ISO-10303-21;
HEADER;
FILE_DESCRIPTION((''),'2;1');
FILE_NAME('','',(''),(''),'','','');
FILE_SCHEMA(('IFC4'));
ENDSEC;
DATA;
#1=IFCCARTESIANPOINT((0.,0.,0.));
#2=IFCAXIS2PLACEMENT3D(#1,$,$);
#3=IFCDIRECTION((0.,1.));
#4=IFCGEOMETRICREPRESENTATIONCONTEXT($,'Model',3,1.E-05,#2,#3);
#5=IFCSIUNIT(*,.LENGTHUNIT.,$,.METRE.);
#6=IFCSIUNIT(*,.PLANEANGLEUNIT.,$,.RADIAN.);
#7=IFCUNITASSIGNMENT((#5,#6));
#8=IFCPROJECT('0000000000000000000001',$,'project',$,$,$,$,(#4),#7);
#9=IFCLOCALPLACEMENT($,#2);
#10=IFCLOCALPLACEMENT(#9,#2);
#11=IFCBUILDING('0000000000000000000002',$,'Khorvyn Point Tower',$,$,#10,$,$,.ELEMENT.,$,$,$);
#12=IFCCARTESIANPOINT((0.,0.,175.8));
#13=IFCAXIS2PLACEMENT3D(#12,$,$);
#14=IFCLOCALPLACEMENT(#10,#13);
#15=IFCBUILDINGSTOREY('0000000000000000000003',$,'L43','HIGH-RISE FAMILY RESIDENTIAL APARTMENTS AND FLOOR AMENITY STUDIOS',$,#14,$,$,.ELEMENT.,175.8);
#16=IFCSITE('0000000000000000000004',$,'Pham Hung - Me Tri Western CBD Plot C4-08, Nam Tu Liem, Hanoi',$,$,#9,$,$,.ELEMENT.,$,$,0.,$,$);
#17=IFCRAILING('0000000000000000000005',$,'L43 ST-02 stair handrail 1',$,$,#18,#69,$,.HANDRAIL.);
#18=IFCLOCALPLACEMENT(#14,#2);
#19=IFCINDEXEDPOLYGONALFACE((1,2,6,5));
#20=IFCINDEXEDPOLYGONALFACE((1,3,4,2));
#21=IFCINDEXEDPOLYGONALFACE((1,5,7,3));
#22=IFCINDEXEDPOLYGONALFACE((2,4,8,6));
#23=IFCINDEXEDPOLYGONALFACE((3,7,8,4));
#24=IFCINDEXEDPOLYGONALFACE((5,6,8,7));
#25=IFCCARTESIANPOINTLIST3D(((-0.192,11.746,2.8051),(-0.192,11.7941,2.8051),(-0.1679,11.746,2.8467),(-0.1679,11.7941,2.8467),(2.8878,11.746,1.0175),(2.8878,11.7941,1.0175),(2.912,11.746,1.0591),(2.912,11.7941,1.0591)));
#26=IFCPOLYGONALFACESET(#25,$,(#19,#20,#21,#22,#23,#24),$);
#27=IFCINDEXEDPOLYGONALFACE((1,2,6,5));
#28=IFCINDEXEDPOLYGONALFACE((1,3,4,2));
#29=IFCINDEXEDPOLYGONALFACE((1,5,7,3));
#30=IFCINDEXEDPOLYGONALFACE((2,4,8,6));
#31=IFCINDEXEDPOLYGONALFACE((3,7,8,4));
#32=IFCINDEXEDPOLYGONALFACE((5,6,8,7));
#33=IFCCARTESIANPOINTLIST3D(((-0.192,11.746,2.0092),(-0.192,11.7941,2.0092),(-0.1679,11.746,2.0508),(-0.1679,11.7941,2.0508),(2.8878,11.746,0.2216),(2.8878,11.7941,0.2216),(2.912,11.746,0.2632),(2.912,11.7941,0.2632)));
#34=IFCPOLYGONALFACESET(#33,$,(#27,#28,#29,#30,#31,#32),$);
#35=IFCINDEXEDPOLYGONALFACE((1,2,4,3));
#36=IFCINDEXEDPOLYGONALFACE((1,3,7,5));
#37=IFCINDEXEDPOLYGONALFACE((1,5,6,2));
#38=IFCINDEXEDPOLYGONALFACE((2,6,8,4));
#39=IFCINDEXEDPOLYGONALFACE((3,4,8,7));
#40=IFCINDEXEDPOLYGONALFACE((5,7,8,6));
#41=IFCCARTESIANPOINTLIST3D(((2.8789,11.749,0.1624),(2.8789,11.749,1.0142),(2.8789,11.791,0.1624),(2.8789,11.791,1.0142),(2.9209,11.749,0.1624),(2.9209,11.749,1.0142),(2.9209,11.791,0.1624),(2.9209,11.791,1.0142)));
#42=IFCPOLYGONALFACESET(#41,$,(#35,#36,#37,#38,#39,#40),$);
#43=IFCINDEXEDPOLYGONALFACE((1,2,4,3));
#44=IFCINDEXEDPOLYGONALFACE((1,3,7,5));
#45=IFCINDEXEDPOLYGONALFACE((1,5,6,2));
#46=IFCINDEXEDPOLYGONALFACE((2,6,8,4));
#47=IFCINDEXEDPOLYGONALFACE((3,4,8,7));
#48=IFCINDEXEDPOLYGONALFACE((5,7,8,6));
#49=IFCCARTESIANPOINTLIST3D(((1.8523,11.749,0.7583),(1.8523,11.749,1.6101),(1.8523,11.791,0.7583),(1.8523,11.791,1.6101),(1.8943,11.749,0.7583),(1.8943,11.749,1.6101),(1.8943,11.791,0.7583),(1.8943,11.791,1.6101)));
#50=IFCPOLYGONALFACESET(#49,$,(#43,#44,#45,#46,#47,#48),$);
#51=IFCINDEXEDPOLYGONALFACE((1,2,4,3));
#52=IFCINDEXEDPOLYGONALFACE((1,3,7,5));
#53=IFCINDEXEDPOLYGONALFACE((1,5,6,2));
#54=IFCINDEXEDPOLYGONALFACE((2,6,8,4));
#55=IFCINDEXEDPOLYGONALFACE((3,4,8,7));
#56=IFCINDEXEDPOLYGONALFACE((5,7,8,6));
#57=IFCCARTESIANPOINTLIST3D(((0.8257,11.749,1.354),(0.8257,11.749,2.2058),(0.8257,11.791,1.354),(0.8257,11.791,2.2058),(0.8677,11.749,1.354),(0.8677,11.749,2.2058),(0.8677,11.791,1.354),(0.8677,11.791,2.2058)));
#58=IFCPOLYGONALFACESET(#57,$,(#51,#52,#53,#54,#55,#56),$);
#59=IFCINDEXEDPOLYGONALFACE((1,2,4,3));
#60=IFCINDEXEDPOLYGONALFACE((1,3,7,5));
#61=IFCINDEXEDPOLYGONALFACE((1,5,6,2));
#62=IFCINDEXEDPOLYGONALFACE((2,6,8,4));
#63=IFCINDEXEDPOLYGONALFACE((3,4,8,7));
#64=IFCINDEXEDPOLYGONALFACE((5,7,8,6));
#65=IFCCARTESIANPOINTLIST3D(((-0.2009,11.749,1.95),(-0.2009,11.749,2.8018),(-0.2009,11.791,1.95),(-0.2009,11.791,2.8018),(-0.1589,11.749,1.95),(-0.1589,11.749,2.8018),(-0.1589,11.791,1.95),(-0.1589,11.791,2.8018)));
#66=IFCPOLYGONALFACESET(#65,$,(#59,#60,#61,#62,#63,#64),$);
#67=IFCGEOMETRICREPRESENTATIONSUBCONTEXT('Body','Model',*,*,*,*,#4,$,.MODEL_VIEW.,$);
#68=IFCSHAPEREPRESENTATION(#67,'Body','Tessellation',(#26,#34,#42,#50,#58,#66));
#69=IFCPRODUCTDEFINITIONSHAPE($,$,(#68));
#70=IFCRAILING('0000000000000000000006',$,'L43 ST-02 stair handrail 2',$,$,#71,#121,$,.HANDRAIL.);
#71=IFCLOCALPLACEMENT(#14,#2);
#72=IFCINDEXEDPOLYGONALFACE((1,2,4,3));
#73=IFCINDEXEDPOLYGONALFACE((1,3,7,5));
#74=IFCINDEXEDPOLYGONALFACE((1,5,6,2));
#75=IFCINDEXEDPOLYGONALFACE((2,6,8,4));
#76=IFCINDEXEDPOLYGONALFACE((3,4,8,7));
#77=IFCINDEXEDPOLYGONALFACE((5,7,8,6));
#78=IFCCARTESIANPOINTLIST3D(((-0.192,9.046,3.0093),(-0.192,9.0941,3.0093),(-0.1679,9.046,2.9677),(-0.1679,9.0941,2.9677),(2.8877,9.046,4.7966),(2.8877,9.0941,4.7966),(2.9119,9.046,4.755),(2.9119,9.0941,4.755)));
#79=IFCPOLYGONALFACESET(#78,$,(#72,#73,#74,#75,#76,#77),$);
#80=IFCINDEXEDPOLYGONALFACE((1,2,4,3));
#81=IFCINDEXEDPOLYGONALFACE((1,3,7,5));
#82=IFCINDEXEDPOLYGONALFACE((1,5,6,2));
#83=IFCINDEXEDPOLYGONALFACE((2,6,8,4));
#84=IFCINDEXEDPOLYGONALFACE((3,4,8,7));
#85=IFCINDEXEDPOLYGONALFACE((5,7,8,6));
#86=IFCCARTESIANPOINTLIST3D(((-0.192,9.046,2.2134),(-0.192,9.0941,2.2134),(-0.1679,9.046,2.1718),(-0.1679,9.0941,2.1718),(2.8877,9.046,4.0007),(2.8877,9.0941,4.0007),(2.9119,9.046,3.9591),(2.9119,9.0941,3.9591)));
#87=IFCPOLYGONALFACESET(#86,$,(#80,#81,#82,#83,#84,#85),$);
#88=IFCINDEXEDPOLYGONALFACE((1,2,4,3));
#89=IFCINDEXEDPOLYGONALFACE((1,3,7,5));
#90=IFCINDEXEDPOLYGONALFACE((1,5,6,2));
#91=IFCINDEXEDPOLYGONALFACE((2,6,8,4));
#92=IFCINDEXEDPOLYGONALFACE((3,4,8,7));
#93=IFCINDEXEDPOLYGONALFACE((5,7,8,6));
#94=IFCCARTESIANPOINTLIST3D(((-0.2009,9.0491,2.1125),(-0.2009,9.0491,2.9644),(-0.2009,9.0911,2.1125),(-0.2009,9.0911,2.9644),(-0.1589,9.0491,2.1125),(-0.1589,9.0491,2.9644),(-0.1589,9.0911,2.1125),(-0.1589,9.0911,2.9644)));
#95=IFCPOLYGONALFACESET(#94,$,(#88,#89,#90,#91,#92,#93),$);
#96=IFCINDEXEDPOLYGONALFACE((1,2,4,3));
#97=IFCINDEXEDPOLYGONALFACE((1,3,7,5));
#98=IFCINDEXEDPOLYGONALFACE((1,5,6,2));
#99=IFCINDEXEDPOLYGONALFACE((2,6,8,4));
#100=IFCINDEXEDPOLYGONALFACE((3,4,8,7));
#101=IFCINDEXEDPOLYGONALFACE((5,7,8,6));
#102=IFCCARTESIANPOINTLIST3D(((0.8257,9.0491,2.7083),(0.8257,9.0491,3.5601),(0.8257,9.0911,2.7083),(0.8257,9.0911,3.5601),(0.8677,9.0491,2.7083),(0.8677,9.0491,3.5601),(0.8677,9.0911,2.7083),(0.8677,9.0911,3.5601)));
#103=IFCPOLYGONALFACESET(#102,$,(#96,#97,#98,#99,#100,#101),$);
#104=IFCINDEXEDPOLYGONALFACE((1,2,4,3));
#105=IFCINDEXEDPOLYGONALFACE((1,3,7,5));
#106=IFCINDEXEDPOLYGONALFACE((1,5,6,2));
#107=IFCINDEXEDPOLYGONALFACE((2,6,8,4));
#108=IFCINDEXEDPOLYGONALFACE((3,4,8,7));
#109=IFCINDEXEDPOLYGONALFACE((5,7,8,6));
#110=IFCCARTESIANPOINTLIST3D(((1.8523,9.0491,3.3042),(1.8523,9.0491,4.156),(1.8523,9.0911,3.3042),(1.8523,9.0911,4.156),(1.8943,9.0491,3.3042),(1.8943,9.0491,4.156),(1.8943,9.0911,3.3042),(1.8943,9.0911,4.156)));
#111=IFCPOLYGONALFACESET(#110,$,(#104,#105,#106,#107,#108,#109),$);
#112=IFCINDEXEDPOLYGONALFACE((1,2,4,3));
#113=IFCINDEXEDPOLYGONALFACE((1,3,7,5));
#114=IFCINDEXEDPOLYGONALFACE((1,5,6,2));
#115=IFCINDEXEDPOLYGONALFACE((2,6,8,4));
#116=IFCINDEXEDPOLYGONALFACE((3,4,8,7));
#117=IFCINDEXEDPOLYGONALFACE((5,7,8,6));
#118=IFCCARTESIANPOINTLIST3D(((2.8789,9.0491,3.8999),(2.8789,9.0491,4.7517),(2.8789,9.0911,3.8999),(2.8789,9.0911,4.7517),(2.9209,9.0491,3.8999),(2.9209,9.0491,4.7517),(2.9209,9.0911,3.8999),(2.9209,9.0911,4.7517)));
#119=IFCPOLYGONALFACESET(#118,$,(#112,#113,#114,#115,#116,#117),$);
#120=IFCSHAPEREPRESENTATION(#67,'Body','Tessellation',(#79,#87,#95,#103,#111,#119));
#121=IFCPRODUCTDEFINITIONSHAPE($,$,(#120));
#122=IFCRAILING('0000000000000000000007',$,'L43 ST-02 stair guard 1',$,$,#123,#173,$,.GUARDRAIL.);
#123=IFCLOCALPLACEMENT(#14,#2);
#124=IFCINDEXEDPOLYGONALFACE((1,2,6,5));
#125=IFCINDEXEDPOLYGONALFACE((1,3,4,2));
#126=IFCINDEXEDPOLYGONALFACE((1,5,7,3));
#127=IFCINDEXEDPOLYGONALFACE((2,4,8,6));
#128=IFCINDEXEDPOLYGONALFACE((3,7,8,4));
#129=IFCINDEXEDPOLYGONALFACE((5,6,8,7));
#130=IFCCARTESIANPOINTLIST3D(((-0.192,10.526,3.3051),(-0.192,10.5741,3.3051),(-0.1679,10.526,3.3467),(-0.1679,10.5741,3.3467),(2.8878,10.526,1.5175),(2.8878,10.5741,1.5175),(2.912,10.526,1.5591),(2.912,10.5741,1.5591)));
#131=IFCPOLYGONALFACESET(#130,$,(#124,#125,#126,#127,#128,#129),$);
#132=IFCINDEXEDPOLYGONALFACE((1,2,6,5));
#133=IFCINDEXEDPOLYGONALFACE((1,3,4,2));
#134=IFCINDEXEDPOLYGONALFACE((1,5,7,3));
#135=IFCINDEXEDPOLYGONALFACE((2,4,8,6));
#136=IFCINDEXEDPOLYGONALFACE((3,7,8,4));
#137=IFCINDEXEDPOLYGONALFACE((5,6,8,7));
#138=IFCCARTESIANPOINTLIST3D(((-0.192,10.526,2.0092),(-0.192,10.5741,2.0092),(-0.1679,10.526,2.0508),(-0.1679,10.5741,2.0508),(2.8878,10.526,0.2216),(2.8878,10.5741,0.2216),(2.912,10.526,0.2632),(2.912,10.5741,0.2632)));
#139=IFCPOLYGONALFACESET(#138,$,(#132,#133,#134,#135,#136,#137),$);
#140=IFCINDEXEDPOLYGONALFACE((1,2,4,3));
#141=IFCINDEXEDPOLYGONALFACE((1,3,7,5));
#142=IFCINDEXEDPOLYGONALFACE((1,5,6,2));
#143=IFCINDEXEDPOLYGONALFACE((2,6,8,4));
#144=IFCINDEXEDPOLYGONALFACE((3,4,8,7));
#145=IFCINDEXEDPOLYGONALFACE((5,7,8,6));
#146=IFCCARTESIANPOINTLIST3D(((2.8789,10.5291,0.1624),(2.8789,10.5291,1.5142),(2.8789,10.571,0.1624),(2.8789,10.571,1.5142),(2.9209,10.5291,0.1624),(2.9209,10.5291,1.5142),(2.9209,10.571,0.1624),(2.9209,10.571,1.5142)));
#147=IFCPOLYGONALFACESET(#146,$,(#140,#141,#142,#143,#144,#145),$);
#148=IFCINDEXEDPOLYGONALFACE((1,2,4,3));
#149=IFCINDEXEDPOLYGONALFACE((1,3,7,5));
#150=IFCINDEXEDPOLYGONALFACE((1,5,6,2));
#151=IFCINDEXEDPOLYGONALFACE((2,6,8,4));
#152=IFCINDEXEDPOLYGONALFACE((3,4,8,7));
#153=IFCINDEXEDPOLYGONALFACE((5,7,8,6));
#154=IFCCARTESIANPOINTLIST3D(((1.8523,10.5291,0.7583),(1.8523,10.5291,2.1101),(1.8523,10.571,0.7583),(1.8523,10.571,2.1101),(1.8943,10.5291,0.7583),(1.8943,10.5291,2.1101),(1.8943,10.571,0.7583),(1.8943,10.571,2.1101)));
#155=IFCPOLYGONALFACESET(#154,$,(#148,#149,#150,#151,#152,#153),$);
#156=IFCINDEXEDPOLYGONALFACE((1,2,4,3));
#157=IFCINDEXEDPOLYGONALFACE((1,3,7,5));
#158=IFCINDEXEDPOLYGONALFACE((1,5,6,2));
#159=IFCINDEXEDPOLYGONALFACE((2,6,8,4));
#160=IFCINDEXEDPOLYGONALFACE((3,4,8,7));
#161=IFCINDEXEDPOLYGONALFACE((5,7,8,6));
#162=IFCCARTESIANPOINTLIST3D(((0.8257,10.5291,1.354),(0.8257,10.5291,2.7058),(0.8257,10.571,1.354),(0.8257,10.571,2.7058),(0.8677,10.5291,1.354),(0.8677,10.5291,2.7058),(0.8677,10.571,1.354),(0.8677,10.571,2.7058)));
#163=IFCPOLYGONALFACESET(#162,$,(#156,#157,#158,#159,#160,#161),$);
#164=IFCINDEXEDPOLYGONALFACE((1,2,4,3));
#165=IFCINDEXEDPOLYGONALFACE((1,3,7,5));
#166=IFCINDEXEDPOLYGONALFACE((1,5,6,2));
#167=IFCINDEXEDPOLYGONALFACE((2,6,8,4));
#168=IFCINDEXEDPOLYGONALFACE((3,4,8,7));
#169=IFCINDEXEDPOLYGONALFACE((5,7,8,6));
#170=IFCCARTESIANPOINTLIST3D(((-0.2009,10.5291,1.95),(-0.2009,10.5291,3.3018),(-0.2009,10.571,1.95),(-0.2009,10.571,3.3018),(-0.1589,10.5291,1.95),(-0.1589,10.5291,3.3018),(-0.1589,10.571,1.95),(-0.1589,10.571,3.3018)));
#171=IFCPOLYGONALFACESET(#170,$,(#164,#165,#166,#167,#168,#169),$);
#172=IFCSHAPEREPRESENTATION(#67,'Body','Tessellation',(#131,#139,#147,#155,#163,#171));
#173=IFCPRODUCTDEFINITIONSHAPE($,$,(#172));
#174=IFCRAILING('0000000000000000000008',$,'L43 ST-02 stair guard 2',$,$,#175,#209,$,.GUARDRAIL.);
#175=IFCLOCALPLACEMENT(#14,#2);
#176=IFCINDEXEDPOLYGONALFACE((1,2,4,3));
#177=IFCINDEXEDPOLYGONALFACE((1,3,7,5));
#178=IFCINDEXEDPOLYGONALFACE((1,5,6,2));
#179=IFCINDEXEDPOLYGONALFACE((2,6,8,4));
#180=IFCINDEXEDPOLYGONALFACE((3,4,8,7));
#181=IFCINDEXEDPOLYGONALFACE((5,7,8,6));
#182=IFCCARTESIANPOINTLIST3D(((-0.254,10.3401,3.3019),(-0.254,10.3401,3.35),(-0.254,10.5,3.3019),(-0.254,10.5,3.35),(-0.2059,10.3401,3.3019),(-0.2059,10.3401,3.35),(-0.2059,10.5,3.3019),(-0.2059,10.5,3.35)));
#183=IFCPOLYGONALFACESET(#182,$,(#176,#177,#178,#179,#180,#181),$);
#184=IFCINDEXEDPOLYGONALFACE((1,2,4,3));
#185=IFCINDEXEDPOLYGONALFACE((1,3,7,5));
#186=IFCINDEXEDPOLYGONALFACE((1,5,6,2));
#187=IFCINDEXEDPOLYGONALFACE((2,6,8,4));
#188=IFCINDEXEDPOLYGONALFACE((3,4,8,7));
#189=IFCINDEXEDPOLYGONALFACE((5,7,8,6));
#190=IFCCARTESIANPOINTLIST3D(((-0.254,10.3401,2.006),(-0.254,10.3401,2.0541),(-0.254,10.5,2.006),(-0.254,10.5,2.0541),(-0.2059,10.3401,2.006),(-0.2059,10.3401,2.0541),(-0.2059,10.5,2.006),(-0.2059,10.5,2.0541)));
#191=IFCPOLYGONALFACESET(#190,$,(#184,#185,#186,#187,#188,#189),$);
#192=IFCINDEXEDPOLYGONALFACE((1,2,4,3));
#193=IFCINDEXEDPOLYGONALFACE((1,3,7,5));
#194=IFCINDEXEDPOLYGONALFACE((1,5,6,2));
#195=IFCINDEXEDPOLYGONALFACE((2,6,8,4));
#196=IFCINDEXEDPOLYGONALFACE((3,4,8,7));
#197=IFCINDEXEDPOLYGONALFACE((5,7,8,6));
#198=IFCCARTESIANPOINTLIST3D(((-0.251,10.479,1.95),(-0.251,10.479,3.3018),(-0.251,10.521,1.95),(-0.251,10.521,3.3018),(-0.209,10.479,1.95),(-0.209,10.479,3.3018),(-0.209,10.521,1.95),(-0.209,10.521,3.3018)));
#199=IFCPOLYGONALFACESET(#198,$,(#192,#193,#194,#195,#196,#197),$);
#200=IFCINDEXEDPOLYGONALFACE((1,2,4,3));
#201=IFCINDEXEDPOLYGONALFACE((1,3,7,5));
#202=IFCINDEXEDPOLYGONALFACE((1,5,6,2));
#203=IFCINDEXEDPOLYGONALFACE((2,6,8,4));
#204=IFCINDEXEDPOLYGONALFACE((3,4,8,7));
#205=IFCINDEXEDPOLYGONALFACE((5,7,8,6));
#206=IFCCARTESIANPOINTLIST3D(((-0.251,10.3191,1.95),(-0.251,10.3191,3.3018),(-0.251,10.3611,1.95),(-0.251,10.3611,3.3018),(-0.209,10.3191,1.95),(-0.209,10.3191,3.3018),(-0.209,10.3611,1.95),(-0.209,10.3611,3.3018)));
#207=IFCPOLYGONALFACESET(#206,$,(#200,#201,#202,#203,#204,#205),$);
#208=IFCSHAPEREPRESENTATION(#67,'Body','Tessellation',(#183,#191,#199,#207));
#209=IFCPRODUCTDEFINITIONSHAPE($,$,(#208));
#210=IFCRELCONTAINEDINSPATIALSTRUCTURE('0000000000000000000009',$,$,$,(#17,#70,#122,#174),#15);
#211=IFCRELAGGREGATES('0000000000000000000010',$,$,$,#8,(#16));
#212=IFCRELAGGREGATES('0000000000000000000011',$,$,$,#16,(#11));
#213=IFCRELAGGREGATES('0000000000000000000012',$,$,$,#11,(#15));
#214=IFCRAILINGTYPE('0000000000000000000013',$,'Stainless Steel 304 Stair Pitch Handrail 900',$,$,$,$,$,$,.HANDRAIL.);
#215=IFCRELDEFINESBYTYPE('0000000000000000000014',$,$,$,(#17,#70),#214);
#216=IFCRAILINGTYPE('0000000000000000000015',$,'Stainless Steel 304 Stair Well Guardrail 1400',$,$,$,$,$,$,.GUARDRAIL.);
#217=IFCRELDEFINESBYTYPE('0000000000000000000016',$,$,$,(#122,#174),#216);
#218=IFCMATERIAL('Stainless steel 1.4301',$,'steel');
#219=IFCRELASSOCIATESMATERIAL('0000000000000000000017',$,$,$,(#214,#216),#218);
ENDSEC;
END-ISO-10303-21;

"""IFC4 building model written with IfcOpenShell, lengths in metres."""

from ifc_helpers import new_model, si_unit, direction, frame, origin, origin_2d, place, context, subcontext, project, spatial, rectangle, extrude, material, type_object, element, save


model = new_model("IFC4")

# Units and contexts
model_context = context("Model", 3, precision=1e-05, world=origin(), true_north=direction((0.0, 1.0)))
body_context = subcontext(model_context, "Body", "Model", "MODEL_VIEW")
ifc_project = project(units=[si_unit("LENGTHUNIT", "METRE"), si_unit("PLANEANGLEUNIT", "RADIAN")], contexts=[model_context])

# Site, building, storey
site_placement = place(None, origin())
site = spatial("IfcSite", under=ifc_project, at=site_placement, Name="Pham Hung - Me Tri Western CBD Plot C4-08, Nam Tu Liem, Hanoi", CompositionType="ELEMENT", RefElevation=0.0)
building_placement = place(site_placement, origin())
building = spatial("IfcBuilding", under=site, at=building_placement, Name="Khorvyn Point Tower", CompositionType="ELEMENT")
storey_placement = place(building_placement, frame((0.0, 0.0, 175.8)))
storey = spatial("IfcBuildingStorey", under=building, at=storey_placement, Name="L43", Description="HIGH-RISE FAMILY RESIDENTIAL APARTMENTS AND FLOOR AMENITY STUDIOS", CompositionType="ELEMENT", Elevation=175.8)

# Shared definitions
ifc_material_1 = material(Name="Stainless steel 1.4301", Category="steel")

# Railings
railing_type_1 = type_object("IfcRailingType", Name="Stainless Steel 304 Stair Pitch Handrail 900", PredefinedType="HANDRAIL", material=ifc_material_1)
railing_1_placement = place(storey_placement, frame((2.8999, 11.77, 0.1624)))
element("IfcRailing", 1, at=railing_1_placement, inside=storey, type_object=railing_type_1, Name="L43 ST-02 stair handrail 1", PredefinedType="HANDRAIL", context=body_context, shape_type="SweptSolid", body=[
    extrude(rectangle(XDim=0.0481, YDim=0.0481, at=origin_2d()), frame((0.0, 0.0, 0.876), z_axis=(-0.864873, 0.0, 0.50199), x_axis=(0.0, -1.0, 0.0)), (0.0, 0.0, 1.0), 3.561),
    extrude(rectangle(XDim=0.0481, YDim=0.0481, at=origin_2d()), frame((0.0, 0.0, 0.0801), z_axis=(-0.864873, 0.0, 0.50199), x_axis=(0.0, -1.0, 0.0)), (0.0, 0.0, 1.0), 3.561),
    extrude(rectangle(XDim=0.042, YDim=0.042, at=origin_2d()), origin(), (0.0, 0.0, 1.0), 0.8518),
    extrude(rectangle(XDim=0.042, YDim=0.042, at=origin_2d()), frame((-1.0266, 0.0, 0.5959)), (0.0, 0.0, 1.0), 0.8518),
    extrude(rectangle(XDim=0.042, YDim=0.042, at=origin_2d()), frame((-2.0532, 0.0, 1.1917)), (0.0, 0.0, 1.0), 0.8518),
    extrude(rectangle(XDim=0.042, YDim=0.042, at=origin_2d()), frame((-3.0798, 0.0, 1.7876)), (0.0, 0.0, 1.0), 0.8518),
])
railing_2_placement = place(storey_placement, frame((-0.1799, 9.0701, 2.1125)))
element("IfcRailing", 2, at=railing_2_placement, inside=storey, type_object=railing_type_1, Name="L43 ST-02 stair handrail 2", PredefinedType="HANDRAIL", context=body_context, shape_type="SweptSolid", body=[
    extrude(rectangle(XDim=0.0481, YDim=0.0481, at=origin_2d()), frame((0.0, 0.0, 0.876), z_axis=(0.864903, 0.0, 0.501939), x_axis=(0.0, 1.0, 0.0)), (0.0, 0.0, 1.0), 3.5608),
    extrude(rectangle(XDim=0.0481, YDim=0.0481, at=origin_2d()), frame((0.0, 0.0, 0.0801), z_axis=(0.864903, 0.0, 0.501939), x_axis=(0.0, 1.0, 0.0)), (0.0, 0.0, 1.0), 3.5608),
    extrude(rectangle(XDim=0.042, YDim=0.042, at=origin_2d()), origin(), (0.0, 0.0, 1.0), 0.8518),
    extrude(rectangle(XDim=0.042, YDim=0.042, at=origin_2d()), frame((1.0266, 0.0, 0.5957)), (0.0, 0.0, 1.0), 0.8518),
    extrude(rectangle(XDim=0.042, YDim=0.042, at=origin_2d()), frame((2.0532, 0.0, 1.1917)), (0.0, 0.0, 1.0), 0.8518),
    extrude(rectangle(XDim=0.042, YDim=0.042, at=origin_2d()), frame((3.0798, 0.0, 1.7874)), (0.0, 0.0, 1.0), 0.8518),
])
railing_type_2 = type_object("IfcRailingType", Name="Stainless Steel 304 Stair Well Guardrail 1400", PredefinedType="GUARDRAIL", material=ifc_material_1)
railing_3_placement = place(storey_placement, frame((2.8999, 10.55, 0.1624)))
element("IfcRailing", 3, at=railing_3_placement, inside=storey, type_object=railing_type_2, Name="L43 ST-02 stair guard 1", PredefinedType="GUARDRAIL", context=body_context, shape_type="SweptSolid", body=[
    extrude(rectangle(XDim=0.0481, YDim=0.0481, at=origin_2d()), frame((0.0, 0.0, 1.376), z_axis=(-0.864873, 0.0, 0.50199), x_axis=(0.0, -1.0, 0.0)), (0.0, 0.0, 1.0), 3.561),
    extrude(rectangle(XDim=0.0481, YDim=0.0481, at=origin_2d()), frame((0.0, 0.0, 0.0801), z_axis=(-0.864873, 0.0, 0.50199), x_axis=(0.0, -1.0, 0.0)), (0.0, 0.0, 1.0), 3.561),
    extrude(rectangle(XDim=0.042, YDim=0.042, at=origin_2d()), origin(), (0.0, 0.0, 1.0), 1.3518),
    extrude(rectangle(XDim=0.042, YDim=0.042, at=origin_2d()), frame((-1.0266, 0.0, 0.5959)), (0.0, 0.0, 1.0), 1.3518),
    extrude(rectangle(XDim=0.042, YDim=0.042, at=origin_2d()), frame((-2.0532, 0.0, 1.1917)), (0.0, 0.0, 1.0), 1.3518),
    extrude(rectangle(XDim=0.042, YDim=0.042, at=origin_2d()), frame((-3.0798, 0.0, 1.7876)), (0.0, 0.0, 1.0), 1.3518),
])
railing_4_placement = place(storey_placement, frame((-0.23, 10.5, 1.95)))
element("IfcRailing", 4, at=railing_4_placement, inside=storey, type_object=railing_type_2, Name="L43 ST-02 stair guard 2", PredefinedType="GUARDRAIL", context=body_context, shape_type="SweptSolid", body=[
    extrude(rectangle(XDim=0.0481, YDim=0.0481, at=origin_2d()), frame((0.0, 0.0, 1.376), z_axis=(0.0, -1.0, 0.0), x_axis=(1.0, 0.0, 0.0)), (0.0, 0.0, 1.0), 0.1599),
    extrude(rectangle(XDim=0.0481, YDim=0.0481, at=origin_2d()), frame((0.0, 0.0, 0.0801), z_axis=(0.0, -1.0, 0.0), x_axis=(1.0, 0.0, 0.0)), (0.0, 0.0, 1.0), 0.1599),
    extrude(rectangle(XDim=0.042, YDim=0.042, at=origin_2d()), origin(), (0.0, 0.0, 1.0), 1.3518),
    extrude(rectangle(XDim=0.042, YDim=0.042, at=origin_2d()), frame((0.0, -0.1599, 0.0)), (0.0, 0.0, 1.0), 1.3518),
])

save(model, "model.ifc")
